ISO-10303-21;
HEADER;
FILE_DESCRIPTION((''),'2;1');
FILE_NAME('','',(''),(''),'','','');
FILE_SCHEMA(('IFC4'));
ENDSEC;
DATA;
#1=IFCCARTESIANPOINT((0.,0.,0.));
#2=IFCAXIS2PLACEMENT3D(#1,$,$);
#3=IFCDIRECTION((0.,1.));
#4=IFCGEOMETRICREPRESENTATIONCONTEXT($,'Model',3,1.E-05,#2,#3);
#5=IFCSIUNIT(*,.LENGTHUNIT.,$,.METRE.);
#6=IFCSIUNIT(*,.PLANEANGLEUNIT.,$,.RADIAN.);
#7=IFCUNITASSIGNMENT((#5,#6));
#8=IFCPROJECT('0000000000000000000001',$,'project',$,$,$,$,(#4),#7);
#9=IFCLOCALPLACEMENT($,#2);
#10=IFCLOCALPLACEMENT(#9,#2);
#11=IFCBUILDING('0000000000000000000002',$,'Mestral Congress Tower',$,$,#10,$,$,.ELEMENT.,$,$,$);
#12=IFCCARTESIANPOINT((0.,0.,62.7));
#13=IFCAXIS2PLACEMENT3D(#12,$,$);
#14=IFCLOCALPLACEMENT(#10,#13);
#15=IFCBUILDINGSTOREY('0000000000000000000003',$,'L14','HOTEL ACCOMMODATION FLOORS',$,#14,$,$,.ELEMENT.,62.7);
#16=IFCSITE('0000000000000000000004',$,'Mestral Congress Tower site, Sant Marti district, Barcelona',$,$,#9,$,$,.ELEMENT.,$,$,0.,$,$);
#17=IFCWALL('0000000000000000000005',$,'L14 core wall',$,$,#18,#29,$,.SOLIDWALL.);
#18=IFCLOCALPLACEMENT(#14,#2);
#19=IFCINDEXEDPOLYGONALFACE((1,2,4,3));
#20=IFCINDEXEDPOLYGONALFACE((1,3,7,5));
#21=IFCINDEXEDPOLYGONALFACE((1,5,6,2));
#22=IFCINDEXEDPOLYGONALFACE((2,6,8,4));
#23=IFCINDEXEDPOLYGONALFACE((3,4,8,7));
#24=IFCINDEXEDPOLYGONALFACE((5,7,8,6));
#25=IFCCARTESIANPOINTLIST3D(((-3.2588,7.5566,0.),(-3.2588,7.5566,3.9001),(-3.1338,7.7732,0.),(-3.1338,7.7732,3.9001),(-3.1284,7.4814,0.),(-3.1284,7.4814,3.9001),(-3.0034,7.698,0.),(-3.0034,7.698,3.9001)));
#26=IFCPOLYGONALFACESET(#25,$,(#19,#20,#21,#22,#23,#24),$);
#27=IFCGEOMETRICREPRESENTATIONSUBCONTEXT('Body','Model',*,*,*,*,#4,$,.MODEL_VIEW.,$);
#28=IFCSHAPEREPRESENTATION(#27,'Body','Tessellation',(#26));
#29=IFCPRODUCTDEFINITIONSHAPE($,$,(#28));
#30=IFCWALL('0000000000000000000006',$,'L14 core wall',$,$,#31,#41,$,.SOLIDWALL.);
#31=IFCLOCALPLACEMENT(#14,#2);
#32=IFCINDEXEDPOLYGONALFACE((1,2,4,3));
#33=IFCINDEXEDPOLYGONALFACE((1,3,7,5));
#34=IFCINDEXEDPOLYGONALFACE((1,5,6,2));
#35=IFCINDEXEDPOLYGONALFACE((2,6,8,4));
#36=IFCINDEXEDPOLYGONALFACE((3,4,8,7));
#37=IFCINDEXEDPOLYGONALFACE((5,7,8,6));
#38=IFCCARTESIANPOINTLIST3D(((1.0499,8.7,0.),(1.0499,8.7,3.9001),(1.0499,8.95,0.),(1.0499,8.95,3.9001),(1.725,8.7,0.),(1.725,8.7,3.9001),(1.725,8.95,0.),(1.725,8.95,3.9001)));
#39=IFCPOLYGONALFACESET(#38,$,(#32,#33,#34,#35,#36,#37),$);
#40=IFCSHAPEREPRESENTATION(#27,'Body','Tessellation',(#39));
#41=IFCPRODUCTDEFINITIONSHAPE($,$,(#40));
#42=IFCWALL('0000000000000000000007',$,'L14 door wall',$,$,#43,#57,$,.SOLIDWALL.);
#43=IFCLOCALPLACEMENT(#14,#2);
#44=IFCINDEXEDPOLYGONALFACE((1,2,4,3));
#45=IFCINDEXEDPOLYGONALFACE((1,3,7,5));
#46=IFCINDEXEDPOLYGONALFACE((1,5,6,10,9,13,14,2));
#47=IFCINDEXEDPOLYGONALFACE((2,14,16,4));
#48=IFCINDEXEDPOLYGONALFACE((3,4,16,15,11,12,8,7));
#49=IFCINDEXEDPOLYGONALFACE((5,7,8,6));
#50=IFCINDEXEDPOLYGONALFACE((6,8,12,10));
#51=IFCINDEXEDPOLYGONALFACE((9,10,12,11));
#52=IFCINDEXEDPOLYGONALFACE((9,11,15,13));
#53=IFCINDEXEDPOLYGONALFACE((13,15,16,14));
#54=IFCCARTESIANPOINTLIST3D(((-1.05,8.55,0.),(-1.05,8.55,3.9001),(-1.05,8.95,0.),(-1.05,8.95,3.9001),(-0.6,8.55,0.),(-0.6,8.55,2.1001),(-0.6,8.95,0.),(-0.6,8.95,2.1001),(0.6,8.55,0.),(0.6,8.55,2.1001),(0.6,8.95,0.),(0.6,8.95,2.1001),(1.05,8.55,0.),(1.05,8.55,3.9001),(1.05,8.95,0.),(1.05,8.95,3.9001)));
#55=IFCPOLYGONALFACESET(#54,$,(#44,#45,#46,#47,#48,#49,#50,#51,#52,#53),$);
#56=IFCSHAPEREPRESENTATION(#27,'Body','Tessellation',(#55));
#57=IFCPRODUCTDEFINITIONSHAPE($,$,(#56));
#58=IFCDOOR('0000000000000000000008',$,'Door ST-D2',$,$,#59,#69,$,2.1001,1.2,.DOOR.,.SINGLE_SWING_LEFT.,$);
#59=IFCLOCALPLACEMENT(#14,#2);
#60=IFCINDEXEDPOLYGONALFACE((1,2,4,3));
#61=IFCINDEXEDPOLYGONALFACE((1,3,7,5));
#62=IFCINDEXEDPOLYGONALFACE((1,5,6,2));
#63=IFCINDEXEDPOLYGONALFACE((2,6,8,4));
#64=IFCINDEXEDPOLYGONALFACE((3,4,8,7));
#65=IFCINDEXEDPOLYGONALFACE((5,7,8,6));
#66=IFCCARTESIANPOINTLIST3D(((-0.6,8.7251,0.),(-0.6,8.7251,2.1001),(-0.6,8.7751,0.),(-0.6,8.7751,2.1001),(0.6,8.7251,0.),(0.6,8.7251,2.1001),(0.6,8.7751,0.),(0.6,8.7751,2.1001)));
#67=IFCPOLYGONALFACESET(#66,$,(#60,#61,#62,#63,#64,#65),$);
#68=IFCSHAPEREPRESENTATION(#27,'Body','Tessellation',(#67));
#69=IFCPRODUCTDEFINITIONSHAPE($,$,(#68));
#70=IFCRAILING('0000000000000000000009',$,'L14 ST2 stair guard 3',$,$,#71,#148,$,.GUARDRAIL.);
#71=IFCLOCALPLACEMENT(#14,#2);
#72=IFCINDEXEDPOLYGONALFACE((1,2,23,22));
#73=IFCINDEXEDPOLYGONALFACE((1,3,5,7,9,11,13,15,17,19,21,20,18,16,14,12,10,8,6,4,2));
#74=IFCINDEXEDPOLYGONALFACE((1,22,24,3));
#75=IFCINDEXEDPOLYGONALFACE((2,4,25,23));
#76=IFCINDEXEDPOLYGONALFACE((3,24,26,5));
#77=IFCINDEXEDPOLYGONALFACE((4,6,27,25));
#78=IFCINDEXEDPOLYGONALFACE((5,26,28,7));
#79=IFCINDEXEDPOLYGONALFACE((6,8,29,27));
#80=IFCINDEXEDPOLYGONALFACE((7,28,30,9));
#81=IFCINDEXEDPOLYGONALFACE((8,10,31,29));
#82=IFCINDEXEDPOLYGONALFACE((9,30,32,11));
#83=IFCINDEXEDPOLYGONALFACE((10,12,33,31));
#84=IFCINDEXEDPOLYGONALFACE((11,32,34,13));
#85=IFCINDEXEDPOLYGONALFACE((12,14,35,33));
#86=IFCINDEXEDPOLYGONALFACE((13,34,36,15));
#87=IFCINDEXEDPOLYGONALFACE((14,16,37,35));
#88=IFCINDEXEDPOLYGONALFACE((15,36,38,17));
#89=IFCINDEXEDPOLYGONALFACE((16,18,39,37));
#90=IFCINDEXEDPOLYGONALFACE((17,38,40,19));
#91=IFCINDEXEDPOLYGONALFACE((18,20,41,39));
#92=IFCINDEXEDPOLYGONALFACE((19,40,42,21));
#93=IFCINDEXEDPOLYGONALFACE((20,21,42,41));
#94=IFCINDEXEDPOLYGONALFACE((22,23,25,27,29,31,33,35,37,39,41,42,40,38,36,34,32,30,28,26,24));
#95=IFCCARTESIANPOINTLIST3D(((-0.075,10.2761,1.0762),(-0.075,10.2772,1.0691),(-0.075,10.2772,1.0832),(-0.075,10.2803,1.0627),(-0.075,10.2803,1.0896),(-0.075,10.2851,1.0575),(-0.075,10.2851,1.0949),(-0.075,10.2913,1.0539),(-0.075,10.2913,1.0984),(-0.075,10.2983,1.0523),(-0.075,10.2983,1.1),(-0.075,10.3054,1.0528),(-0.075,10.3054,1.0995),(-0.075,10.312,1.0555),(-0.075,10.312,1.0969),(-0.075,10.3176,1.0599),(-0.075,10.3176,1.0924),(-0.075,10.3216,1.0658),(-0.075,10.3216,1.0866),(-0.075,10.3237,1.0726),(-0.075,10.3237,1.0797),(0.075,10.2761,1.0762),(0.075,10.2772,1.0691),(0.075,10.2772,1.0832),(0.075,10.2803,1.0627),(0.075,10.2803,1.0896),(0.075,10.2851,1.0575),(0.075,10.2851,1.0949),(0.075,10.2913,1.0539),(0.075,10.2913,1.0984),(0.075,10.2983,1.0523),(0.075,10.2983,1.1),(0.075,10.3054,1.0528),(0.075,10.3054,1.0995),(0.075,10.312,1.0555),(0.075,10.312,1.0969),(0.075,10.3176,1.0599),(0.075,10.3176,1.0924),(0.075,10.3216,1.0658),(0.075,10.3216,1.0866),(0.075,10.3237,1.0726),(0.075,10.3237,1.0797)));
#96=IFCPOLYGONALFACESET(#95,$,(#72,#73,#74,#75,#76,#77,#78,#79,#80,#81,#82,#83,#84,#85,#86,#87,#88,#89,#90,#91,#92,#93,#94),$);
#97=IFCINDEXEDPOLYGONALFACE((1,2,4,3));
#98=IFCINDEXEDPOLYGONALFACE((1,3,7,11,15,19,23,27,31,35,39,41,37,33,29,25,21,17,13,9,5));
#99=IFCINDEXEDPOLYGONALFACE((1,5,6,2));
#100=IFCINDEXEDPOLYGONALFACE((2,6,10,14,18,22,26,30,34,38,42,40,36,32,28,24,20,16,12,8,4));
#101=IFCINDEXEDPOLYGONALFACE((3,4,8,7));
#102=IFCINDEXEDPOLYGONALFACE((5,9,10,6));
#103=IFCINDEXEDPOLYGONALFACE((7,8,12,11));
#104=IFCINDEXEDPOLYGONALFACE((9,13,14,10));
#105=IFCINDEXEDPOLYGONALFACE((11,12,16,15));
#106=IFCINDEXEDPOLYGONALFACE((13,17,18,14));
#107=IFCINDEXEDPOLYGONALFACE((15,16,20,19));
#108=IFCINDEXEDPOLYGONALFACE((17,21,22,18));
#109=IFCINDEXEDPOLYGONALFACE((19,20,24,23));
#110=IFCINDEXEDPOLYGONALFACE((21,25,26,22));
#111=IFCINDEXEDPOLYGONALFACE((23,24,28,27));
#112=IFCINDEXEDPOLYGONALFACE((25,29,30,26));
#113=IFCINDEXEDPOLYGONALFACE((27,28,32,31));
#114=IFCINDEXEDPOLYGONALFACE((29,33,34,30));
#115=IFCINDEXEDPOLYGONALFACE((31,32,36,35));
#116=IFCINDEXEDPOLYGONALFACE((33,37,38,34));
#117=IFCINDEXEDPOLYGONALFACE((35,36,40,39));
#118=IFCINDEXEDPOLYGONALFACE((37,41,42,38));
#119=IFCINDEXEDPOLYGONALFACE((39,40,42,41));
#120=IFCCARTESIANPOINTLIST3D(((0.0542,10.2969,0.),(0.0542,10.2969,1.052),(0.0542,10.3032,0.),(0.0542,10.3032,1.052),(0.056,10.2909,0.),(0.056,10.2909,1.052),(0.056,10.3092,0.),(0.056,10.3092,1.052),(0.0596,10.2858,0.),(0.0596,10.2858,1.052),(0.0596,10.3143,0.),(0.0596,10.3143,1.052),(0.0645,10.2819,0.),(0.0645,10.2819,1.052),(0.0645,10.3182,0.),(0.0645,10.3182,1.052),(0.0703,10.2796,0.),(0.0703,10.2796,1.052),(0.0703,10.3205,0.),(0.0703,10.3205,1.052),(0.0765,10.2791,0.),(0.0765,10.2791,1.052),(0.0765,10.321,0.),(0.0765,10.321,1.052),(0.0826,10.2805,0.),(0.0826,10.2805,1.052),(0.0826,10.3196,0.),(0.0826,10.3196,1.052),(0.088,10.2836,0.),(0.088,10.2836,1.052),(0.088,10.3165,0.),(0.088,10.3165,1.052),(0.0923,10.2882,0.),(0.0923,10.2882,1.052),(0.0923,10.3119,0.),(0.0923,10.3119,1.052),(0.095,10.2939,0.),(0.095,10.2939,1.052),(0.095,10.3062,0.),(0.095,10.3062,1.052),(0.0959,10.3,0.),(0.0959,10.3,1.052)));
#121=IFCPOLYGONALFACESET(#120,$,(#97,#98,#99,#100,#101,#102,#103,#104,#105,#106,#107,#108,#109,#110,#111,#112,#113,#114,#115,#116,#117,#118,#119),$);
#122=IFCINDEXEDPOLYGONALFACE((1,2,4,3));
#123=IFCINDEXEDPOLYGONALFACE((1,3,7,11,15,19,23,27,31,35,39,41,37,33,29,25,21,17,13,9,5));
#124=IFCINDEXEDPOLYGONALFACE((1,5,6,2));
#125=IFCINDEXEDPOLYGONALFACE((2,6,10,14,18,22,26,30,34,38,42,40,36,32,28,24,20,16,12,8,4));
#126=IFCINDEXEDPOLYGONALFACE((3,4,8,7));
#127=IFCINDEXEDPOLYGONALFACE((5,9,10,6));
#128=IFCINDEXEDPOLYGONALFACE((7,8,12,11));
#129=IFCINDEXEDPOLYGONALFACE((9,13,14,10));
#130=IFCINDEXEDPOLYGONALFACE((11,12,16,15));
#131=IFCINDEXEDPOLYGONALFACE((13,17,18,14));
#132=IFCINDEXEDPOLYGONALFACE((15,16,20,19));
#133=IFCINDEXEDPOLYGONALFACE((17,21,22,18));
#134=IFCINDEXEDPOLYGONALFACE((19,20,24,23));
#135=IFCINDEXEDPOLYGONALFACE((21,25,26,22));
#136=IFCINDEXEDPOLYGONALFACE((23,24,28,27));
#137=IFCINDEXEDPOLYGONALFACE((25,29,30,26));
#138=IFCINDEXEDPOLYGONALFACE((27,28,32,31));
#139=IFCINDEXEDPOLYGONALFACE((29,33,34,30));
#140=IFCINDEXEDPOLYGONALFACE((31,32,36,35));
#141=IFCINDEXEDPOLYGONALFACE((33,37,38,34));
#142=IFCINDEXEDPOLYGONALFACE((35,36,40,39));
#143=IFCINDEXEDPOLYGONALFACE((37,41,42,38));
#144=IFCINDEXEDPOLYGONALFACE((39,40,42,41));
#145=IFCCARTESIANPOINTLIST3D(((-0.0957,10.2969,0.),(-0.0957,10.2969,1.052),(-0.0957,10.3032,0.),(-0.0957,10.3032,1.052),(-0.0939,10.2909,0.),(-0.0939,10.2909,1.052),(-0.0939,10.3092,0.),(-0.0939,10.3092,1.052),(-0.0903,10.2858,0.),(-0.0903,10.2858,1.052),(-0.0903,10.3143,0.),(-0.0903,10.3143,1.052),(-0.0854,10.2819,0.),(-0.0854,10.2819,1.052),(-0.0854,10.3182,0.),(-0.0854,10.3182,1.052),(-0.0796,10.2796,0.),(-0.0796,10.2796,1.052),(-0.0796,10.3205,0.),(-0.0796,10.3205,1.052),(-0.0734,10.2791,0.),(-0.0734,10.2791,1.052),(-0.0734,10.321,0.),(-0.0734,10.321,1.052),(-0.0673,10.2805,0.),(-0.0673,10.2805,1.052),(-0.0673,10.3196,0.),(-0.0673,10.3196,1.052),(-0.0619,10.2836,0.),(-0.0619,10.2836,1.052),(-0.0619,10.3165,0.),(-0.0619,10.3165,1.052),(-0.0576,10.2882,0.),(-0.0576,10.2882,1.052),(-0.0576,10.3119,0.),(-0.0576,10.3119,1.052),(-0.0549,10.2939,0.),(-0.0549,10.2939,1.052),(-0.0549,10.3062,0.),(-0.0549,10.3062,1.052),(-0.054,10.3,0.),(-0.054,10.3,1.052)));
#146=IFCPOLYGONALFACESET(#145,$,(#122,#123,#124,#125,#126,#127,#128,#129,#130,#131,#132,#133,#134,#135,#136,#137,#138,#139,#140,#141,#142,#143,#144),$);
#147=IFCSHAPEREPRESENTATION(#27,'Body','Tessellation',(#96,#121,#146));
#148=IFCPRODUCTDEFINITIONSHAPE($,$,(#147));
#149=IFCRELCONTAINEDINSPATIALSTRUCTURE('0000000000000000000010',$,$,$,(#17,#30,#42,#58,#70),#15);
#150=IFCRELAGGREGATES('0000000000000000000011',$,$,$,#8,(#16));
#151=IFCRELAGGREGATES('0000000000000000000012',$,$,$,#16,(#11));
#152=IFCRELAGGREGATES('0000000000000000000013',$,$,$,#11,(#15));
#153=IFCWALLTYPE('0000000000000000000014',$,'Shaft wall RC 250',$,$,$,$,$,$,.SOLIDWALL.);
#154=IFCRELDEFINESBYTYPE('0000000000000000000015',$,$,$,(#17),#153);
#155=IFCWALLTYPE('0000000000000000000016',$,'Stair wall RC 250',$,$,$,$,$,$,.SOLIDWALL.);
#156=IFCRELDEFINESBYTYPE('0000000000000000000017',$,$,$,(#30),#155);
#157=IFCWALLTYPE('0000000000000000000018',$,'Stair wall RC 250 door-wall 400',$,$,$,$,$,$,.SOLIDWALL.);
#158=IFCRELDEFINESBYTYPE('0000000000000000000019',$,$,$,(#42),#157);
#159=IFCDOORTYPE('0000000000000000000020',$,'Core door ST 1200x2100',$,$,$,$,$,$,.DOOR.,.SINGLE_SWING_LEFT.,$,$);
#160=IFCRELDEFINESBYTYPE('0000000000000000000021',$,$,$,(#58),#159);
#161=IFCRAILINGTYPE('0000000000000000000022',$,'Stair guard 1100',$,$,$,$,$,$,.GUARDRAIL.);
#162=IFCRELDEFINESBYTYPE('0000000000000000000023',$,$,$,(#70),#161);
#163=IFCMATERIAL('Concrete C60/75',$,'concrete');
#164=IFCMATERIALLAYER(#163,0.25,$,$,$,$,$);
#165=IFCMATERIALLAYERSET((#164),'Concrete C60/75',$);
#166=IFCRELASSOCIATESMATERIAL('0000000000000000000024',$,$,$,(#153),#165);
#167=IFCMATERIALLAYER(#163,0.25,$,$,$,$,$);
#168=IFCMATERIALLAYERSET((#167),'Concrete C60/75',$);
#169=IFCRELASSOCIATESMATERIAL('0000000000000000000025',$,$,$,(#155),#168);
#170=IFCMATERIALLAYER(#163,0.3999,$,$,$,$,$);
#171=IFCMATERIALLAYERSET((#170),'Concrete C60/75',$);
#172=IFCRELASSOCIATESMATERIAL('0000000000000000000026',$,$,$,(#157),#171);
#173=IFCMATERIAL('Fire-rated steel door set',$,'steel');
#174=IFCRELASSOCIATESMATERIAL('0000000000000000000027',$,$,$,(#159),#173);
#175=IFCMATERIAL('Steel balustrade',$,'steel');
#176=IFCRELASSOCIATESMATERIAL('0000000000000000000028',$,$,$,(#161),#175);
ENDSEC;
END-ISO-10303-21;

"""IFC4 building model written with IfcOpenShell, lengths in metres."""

from ifc_helpers import new_model, si_unit, direction, frame, frame_2d, origin, origin_2d, place, context, subcontext, project, spatial, polyline, rectangle, circle, outline, extrude, material, layer, layer_set, type_object, element, fill, save


model = new_model("IFC4")

# Units and contexts
model_context = context("Model", 3, precision=1e-05, world=origin(), true_north=direction((0.0, 1.0)))
body_context = subcontext(model_context, "Body", "Model", "MODEL_VIEW")
ifc_project = project(units=[si_unit("LENGTHUNIT", "METRE"), si_unit("PLANEANGLEUNIT", "RADIAN")], contexts=[model_context])

# Site, building, storey
site_placement = place(None, origin())
site = spatial("IfcSite", under=ifc_project, at=site_placement, Name="Mestral Congress Tower site, Sant Marti district, Barcelona", CompositionType="ELEMENT", RefElevation=0.0)
building_placement = place(site_placement, origin())
building = spatial("IfcBuilding", under=site, at=building_placement, Name="Mestral Congress Tower", CompositionType="ELEMENT")
storey_placement = place(building_placement, frame((0.0, 0.0, 62.7)))
storey = spatial("IfcBuildingStorey", under=building, at=storey_placement, Name="L14", Description="HOTEL ACCOMMODATION FLOORS", CompositionType="ELEMENT", Elevation=62.7)

# Shared definitions
ifc_material_1 = material(Name="Concrete C60/75", Category="concrete")

# Shared definitions
placement_1 = place(storey_placement, origin())

# Walls
ifc_layer_1 = layer(ifc_material_1, 0.25)
ifc_layer_set_1 = layer_set([ifc_layer_1], Name="Concrete C60/75")
wall_type_1 = type_object("IfcWallType", Name="Shaft wall RC 250", PredefinedType="SOLIDWALL", material=ifc_layer_set_1)
element("IfcWall", 1, at=placement_1, inside=storey, type_object=wall_type_1, Name="L14 core wall", PredefinedType="SOLIDWALL", context=body_context, shape_type="SweptSolid", body=[
    extrude(outline(polyline([(-3.1284, 7.4814), (-3.2588, 7.5566), (-3.1338, 7.7732), (-3.0034, 7.698), (-3.1284, 7.4814)])), origin(), (0.0, 0.0, 1.0), 3.9001),
])
ifc_layer_2 = layer(ifc_material_1, 0.25)
ifc_layer_set_2 = layer_set([ifc_layer_2], Name="Concrete C60/75")
wall_type_2 = type_object("IfcWallType", Name="Stair wall RC 250", PredefinedType="SOLIDWALL", material=ifc_layer_set_2)
wall_1_placement = place(storey_placement, frame((1.05, 8.825, 0.0), z_axis=(0.0, 0.0, 1.0), x_axis=(1.0, 0.0, 0.0)))
element("IfcWall", 2, at=wall_1_placement, inside=storey, type_object=wall_type_2, Name="L14 core wall", PredefinedType="SOLIDWALL", context=body_context, shape_type="SweptSolid", body=[
    extrude(rectangle(XDim=0.675, YDim=0.25, at=frame_2d((0.3374, 0.0))), origin(), (0.0, 0.0, 1.0), 3.9001),
])

# Wall, opening, door
ifc_layer_3 = layer(ifc_material_1, 0.3999)
ifc_layer_set_3 = layer_set([ifc_layer_3], Name="Concrete C60/75")
wall_type_3 = type_object("IfcWallType", Name="Stair wall RC 250 door-wall 400", PredefinedType="SOLIDWALL", material=ifc_layer_set_3)
wall_2_placement = place(storey_placement, frame((1.05, 8.75, 0.0), z_axis=(0.0, 0.0, 1.0), x_axis=(-1.0, 0.0, 0.0)))
wall_2 = element("IfcWall", 3, at=wall_2_placement, inside=storey, type_object=wall_type_3, Name="L14 door wall", PredefinedType="SOLIDWALL", context=body_context, shape_type="SweptSolid", body=[
    extrude(rectangle(XDim=2.1001, YDim=0.3999, at=frame_2d((1.05, 0.0))), origin(), (0.0, 0.0, 1.0), 3.9001),
])
opening_placement = place(wall_2_placement, frame((0.45, 0.0, 0.0)))
opening = element("IfcOpeningElement", 4, at=opening_placement, cuts=wall_2, PredefinedType="OPENING", context=body_context, shape_type="SweptSolid", body=[
    extrude(rectangle(XDim=1.2, YDim=2.1001, at=frame_2d((0.6001, 1.05))), frame((0.0, 0.21, 0.0), z_axis=(0.0, -1.0, 0.0), x_axis=(1.0, 0.0, 0.0)), (0.0, 0.0, 1.0), 0.4199),
])
ifc_material_2 = material(Name="Fire-rated steel door set", Category="steel")
door_type = type_object("IfcDoorType", Name="Core door ST 1200x2100", OperationType="SINGLE_SWING_LEFT", PredefinedType="DOOR", material=ifc_material_2)
door_placement = place(opening_placement, origin())
door = element("IfcDoor", 5, at=door_placement, inside=storey, type_object=door_type, Name="Door ST-D2", OperationType="SINGLE_SWING_LEFT", OverallHeight=2.1001, OverallWidth=1.2, PredefinedType="DOOR", context=body_context, shape_type="SweptSolid", body=[
    extrude(rectangle(XDim=1.2, YDim=2.1001, at=frame_2d((0.6001, 1.05))), frame((0.0, 0.0249, 0.0), z_axis=(0.0, -1.0, 0.0), x_axis=(1.0, 0.0, 0.0)), (0.0, 0.0, 1.0), 0.05),
])
fill(opening, door)

# Railing
ifc_material_3 = material(Name="Steel balustrade", Category="steel")
railing_type = type_object("IfcRailingType", Name="Stair guard 1100", PredefinedType="GUARDRAIL", material=ifc_material_3)
railing_placement = place(storey_placement, frame((0.075, 10.3, 0.0)))
element("IfcRailing", 6, at=railing_placement, inside=storey, type_object=railing_type, Name="L14 ST2 stair guard 3", PredefinedType="GUARDRAIL", context=body_context, shape_type="SweptSolid", body=[
    extrude(circle(Radius=0.0239, at=origin_2d()), frame((0.0, 0.0, 1.0762), z_axis=(-1.0, 0.0, 0.0), x_axis=(0.0, -1.0, 0.0)), (0.0, 0.0, 1.0), 0.1499),
    extrude(circle(Radius=0.021, at=origin_2d()), origin(), (0.0, 0.0, 1.0), 1.052),
    extrude(circle(Radius=0.021, at=origin_2d()), frame((-0.1499, 0.0, 0.0)), (0.0, 0.0, 1.0), 1.052),
])

save(model, "model.ifc")
